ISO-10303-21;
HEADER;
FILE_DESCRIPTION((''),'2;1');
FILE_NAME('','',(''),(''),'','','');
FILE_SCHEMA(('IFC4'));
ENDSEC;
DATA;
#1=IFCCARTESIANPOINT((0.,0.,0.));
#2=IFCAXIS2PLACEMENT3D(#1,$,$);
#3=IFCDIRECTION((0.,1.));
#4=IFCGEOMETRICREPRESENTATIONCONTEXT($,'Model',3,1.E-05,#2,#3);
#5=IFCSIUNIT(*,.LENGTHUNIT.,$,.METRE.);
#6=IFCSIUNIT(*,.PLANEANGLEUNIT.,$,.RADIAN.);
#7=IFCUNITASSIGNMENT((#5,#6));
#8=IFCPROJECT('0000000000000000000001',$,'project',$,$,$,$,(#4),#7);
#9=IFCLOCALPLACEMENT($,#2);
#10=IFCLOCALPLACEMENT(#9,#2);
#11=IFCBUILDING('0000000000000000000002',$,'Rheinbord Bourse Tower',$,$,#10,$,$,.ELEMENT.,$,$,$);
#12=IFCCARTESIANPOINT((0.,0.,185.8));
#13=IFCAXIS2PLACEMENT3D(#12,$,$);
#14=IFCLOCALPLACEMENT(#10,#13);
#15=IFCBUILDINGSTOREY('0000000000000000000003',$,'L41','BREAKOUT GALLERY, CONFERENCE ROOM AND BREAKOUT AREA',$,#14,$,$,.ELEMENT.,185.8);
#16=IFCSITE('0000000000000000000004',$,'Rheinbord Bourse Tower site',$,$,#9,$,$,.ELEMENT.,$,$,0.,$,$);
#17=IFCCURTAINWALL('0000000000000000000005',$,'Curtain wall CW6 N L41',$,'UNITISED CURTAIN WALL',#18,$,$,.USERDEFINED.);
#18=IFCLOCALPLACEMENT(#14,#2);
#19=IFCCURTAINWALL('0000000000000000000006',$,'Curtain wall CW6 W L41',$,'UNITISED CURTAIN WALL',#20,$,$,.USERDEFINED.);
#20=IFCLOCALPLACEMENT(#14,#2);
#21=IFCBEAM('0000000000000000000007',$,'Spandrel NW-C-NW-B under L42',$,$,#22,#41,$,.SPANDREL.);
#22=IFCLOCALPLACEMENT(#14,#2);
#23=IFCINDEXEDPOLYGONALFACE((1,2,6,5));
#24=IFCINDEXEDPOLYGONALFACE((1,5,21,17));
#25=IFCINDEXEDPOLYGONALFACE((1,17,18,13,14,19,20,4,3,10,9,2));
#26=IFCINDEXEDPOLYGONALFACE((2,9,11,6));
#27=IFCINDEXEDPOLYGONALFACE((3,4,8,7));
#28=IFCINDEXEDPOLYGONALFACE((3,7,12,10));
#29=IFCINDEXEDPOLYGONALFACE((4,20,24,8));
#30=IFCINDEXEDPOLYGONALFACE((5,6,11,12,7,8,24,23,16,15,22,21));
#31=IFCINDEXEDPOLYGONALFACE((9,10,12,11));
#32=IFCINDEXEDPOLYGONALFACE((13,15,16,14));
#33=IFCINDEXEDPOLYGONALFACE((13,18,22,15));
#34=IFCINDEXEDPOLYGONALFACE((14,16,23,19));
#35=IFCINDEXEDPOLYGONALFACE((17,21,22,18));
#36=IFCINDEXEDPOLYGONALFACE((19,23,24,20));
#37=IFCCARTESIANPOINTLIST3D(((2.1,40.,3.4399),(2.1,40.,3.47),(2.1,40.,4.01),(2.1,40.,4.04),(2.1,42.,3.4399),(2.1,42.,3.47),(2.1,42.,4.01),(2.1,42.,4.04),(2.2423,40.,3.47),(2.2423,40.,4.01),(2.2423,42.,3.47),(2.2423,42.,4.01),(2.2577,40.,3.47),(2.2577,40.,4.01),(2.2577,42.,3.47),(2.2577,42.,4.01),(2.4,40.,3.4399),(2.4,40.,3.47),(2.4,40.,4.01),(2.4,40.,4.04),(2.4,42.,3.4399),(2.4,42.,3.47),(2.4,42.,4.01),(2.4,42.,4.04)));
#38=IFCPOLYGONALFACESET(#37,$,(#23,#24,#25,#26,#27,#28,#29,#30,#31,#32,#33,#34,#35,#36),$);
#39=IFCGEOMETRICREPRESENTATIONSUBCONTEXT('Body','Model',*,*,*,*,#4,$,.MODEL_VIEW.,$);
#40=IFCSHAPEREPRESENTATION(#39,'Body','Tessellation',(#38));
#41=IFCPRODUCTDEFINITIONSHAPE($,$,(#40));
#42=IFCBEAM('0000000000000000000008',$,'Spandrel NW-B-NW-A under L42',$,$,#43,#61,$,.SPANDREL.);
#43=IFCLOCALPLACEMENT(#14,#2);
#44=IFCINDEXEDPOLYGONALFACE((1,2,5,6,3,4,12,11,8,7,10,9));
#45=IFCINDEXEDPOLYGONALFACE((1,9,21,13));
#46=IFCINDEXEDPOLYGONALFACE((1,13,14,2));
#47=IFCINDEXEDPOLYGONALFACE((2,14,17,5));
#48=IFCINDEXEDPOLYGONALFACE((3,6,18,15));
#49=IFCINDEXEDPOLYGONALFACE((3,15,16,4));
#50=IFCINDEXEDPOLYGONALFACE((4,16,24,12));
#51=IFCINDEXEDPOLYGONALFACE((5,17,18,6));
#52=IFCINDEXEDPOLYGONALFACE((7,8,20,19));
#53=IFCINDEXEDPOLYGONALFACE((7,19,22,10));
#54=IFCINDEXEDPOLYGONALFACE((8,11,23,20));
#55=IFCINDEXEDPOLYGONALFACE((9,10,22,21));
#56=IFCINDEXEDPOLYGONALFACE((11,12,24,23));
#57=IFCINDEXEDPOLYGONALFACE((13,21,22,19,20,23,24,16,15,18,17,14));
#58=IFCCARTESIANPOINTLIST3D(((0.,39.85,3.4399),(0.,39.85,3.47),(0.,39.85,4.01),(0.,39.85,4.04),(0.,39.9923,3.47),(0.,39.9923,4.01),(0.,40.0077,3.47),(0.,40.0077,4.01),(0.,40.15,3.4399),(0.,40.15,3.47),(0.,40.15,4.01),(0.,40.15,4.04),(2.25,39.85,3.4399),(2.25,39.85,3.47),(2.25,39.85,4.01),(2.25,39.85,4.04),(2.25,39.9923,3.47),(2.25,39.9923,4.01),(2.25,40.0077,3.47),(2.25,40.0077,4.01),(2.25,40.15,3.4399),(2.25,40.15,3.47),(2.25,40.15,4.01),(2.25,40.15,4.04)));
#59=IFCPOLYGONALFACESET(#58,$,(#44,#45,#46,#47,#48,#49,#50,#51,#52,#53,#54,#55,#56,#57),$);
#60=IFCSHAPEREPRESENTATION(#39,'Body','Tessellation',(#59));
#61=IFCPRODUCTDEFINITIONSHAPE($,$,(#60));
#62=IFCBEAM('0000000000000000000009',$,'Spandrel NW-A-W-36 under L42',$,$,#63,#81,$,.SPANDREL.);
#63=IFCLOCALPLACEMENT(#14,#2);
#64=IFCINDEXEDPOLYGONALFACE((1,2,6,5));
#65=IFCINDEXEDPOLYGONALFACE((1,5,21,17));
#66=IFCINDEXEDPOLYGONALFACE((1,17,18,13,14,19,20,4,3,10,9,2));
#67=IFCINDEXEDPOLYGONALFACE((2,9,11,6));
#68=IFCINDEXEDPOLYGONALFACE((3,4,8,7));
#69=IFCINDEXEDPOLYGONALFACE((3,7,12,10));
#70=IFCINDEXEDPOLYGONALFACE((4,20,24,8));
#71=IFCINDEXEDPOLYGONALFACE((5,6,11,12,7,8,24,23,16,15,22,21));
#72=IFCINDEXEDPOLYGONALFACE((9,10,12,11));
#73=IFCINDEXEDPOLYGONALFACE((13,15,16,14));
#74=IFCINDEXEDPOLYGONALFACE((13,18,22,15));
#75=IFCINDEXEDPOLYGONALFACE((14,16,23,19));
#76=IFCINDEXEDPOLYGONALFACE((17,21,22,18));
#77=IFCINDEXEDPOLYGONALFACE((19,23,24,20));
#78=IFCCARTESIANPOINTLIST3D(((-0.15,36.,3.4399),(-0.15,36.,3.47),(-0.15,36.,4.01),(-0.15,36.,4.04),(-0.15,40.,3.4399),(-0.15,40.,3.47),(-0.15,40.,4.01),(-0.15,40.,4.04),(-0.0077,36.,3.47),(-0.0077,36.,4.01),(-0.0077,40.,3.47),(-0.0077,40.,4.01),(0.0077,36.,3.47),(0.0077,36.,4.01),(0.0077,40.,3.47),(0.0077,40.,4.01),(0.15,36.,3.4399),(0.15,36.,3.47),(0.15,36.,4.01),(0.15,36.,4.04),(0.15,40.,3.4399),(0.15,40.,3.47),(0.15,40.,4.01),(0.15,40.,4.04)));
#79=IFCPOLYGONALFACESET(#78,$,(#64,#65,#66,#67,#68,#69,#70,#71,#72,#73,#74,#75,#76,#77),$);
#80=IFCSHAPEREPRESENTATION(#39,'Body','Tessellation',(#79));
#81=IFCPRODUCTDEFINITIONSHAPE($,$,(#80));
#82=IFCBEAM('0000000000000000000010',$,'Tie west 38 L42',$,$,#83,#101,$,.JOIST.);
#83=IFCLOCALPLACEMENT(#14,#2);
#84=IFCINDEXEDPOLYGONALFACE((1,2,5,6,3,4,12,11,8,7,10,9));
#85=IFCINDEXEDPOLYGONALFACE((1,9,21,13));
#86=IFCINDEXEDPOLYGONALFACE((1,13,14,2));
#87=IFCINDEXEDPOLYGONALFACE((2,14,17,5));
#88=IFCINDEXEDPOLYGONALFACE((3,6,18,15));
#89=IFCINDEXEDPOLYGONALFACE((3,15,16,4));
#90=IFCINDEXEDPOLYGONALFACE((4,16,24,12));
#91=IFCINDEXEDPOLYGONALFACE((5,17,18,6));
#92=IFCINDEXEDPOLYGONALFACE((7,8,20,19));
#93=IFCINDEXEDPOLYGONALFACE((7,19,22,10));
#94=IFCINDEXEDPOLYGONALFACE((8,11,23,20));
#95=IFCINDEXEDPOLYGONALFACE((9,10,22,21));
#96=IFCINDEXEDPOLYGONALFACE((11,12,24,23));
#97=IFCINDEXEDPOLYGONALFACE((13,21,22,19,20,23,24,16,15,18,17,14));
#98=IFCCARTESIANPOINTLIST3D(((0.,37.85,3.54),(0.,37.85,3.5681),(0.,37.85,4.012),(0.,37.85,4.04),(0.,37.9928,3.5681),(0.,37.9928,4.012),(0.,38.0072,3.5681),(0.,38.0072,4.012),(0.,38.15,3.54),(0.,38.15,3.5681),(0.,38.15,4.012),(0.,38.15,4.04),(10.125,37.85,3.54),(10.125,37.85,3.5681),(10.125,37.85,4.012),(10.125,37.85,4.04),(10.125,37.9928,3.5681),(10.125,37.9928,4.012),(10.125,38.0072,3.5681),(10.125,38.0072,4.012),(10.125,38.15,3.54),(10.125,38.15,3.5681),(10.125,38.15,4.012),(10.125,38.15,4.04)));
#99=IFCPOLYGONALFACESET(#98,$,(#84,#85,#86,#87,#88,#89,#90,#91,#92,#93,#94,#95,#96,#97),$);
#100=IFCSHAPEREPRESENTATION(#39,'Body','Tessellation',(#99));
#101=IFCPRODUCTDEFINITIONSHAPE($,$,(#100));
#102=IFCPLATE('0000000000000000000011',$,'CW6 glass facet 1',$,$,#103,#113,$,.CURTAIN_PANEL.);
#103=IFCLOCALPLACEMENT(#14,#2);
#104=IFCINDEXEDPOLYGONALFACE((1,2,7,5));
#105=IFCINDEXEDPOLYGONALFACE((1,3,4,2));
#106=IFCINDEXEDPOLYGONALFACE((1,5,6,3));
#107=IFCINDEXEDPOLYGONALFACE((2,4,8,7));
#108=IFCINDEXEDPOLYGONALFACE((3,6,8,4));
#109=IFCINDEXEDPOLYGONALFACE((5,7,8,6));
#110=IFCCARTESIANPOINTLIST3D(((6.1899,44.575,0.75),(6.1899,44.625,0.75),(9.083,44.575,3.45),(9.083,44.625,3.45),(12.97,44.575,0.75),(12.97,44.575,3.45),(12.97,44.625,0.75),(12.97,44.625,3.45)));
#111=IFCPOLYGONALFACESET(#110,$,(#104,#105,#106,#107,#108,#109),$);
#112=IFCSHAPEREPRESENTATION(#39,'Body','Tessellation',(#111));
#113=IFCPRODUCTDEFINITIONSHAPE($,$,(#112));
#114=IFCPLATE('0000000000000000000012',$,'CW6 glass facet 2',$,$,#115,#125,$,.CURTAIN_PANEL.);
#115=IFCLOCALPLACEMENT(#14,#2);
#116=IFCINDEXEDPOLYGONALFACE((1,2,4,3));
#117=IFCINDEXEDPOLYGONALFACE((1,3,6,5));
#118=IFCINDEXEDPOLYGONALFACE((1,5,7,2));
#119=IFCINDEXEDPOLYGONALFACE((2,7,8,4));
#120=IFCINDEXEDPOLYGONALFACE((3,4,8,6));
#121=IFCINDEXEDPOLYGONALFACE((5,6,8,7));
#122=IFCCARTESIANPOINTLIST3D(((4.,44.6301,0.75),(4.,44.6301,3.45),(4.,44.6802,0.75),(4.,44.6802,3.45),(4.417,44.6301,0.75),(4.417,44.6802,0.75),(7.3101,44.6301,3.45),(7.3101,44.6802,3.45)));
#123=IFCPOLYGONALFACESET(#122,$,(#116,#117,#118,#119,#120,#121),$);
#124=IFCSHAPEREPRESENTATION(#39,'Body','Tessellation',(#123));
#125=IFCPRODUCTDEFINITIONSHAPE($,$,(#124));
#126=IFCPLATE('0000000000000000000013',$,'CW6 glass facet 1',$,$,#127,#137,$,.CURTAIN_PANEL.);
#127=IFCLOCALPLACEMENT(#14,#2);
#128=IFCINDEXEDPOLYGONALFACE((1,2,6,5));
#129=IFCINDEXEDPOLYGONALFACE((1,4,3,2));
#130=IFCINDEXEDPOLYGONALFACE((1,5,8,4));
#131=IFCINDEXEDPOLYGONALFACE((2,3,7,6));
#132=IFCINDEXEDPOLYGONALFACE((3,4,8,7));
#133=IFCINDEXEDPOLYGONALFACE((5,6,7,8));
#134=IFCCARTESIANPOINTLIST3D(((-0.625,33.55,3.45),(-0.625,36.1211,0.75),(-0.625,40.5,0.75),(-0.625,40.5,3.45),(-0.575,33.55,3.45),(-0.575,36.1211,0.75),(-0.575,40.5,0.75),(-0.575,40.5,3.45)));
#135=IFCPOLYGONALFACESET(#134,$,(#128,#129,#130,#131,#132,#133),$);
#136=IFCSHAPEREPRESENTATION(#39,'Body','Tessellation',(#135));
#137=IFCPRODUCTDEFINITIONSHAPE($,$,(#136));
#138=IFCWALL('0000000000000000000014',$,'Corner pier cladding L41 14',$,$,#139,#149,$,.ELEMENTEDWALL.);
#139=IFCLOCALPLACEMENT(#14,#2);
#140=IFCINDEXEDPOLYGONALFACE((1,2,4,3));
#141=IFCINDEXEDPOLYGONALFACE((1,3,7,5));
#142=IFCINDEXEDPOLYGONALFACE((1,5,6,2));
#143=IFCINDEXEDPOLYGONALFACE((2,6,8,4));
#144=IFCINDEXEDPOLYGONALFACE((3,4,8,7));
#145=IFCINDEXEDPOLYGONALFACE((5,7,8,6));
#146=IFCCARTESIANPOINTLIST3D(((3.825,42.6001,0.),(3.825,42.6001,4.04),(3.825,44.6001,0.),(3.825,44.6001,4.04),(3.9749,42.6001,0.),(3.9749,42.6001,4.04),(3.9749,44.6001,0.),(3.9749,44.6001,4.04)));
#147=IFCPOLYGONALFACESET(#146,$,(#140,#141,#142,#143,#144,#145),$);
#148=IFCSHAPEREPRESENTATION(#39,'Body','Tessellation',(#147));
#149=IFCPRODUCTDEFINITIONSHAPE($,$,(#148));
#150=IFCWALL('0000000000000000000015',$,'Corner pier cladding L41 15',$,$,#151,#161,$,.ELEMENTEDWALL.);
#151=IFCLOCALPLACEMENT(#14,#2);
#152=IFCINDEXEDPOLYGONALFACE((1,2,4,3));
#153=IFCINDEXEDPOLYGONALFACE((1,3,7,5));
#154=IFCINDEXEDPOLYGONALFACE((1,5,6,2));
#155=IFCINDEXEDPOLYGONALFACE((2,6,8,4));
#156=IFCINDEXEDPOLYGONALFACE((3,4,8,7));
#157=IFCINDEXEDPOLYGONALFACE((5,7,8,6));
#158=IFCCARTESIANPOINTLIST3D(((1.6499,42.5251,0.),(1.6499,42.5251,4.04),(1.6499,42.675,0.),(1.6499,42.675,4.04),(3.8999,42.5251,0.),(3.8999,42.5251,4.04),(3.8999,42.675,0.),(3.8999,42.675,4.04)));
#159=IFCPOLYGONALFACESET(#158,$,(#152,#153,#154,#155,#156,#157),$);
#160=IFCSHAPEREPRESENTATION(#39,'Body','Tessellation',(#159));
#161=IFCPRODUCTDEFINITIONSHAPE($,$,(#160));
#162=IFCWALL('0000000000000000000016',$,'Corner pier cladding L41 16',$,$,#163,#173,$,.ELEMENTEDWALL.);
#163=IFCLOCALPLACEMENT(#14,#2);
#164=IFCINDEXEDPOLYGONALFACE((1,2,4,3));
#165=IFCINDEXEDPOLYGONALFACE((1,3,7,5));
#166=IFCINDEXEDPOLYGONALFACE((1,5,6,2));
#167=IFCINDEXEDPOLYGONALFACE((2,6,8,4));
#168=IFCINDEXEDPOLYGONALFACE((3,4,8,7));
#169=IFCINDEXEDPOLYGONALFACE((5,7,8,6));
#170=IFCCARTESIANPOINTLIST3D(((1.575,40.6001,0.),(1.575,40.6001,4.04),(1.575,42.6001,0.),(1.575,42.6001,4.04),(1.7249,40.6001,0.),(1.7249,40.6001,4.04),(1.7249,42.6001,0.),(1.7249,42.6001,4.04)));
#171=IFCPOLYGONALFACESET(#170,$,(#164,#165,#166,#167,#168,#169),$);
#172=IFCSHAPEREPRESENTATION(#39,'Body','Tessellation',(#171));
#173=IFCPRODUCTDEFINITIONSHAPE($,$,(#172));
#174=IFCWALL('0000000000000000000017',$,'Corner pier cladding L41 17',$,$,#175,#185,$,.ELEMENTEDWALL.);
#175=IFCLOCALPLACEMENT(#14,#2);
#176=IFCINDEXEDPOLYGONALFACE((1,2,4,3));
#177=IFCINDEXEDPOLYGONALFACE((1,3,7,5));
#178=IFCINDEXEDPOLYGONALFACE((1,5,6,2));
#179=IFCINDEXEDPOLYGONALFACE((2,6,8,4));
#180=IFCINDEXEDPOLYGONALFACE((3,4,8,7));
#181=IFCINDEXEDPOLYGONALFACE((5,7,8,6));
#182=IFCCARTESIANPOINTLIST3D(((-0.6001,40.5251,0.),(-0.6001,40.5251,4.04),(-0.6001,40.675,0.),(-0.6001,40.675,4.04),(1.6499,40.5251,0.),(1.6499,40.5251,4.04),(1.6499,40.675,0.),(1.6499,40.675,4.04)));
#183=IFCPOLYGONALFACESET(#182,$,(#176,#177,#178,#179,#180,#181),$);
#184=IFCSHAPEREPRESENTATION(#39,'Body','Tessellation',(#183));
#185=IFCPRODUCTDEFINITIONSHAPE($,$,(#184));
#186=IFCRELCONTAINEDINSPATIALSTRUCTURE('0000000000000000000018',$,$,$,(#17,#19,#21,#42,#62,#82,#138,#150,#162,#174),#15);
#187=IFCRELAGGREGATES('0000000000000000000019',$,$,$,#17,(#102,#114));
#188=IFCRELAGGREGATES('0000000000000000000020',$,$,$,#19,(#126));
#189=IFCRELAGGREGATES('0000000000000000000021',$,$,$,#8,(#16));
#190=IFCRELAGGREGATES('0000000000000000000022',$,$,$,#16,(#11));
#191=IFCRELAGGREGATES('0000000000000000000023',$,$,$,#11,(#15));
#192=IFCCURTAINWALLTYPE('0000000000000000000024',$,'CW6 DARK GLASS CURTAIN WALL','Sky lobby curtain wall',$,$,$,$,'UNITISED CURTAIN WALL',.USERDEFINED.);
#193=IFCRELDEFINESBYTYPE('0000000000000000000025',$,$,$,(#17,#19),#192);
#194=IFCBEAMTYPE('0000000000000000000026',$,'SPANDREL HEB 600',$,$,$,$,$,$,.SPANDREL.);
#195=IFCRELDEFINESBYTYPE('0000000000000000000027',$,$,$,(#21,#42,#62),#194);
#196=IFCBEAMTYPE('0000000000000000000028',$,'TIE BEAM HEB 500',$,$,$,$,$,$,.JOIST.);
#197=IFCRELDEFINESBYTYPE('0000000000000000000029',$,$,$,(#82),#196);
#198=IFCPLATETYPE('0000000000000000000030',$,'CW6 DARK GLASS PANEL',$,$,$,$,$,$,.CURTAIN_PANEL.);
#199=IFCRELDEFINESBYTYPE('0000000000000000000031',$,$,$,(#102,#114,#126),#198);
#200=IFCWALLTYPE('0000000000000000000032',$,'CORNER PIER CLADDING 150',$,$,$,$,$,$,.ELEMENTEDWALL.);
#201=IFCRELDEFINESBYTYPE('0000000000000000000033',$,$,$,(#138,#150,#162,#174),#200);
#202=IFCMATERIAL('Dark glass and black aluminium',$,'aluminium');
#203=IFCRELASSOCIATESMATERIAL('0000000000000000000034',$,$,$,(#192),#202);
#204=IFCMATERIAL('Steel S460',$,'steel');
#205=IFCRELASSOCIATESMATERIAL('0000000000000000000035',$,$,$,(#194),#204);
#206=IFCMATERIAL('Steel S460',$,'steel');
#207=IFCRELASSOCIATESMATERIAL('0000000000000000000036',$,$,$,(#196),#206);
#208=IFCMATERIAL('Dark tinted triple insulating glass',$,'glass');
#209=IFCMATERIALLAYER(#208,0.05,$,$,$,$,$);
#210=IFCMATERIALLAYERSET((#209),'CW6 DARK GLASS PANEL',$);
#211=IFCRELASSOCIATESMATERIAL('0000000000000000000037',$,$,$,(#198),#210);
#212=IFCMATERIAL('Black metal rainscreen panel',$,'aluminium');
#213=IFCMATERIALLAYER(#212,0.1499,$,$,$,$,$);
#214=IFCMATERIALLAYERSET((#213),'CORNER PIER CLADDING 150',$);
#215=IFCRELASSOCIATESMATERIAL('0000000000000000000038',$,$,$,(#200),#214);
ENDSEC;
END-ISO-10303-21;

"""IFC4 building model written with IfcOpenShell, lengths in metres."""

from ifc_helpers import new_model, si_unit, direction, frame, frame_2d, origin, origin_2d, place, context, subcontext, project, spatial, polyline, rectangle, i_section, outline, extrude, material, layer, layer_set, material_profile, profile_set, type_object, element, aggregate, save


model = new_model("IFC4")

# Units and contexts
model_context = context("Model", 3, precision=1e-05, world=origin(), true_north=direction((0.0, 1.0)))
body_context = subcontext(model_context, "Body", "Model", "MODEL_VIEW")
ifc_project = project(units=[si_unit("LENGTHUNIT", "METRE"), si_unit("PLANEANGLEUNIT", "RADIAN")], contexts=[model_context])

# Site, building, storey
site_placement = place(None, origin())
site = spatial("IfcSite", under=ifc_project, at=site_placement, Name="Rheinbord Bourse Tower site", CompositionType="ELEMENT", RefElevation=0.0)
building_placement = place(site_placement, origin())
building = spatial("IfcBuilding", under=site, at=building_placement, Name="Rheinbord Bourse Tower", CompositionType="ELEMENT")
storey_placement = place(building_placement, frame((0.0, 0.0, 185.8)))
storey = spatial("IfcBuildingStorey", under=building, at=storey_placement, Name="L41", Description="BREAKOUT GALLERY, CONFERENCE ROOM AND BREAKOUT AREA", CompositionType="ELEMENT", Elevation=185.8)

# Curtain wall
ifc_material_1 = material(Name="Dark glass and black aluminium", Category="aluminium")
curtain_wall_type = type_object("IfcCurtainWallType", Name="CW6 DARK GLASS CURTAIN WALL", Description="Sky lobby curtain wall", ElementType="UNITISED CURTAIN WALL", PredefinedType="USERDEFINED", material=ifc_material_1)
curtain_wall_1_placement = place(storey_placement, origin())
curtain_wall_1 = element("IfcCurtainWall", 1, at=curtain_wall_1_placement, inside=storey, type_object=curtain_wall_type, Name="Curtain wall CW6 N L41", ObjectType="UNITISED CURTAIN WALL", PredefinedType="USERDEFINED")

# Curtain wall
curtain_wall_2_placement = place(storey_placement, origin())
curtain_wall_2 = element("IfcCurtainWall", 2, at=curtain_wall_2_placement, inside=storey, type_object=curtain_wall_type, Name="Curtain wall CW6 W L41", ObjectType="UNITISED CURTAIN WALL", PredefinedType="USERDEFINED")

# Beams
ifc_material_2 = material(Name="Steel S460", Category="steel")
ifc_material_profile_1 = material_profile(ifc_material_2, i_section(OverallWidth=0.3, OverallDepth=0.6001, WebThickness=0.0154, FlangeThickness=0.03, at=origin_2d()), Name="HEB 600")
ifc_profile_set_1 = profile_set([ifc_material_profile_1], Name="Steel S460")
beam_type_1 = type_object("IfcBeamType", Name="SPANDREL HEB 600", PredefinedType="SPANDREL", material=ifc_profile_set_1)
beam_1_placement = place(storey_placement, frame((2.25, 42.0, 3.74), z_axis=(0.0, -1.0, 0.0), x_axis=(1.0, 0.0, 0.0)))
element("IfcBeam", 3, at=beam_1_placement, inside=storey, type_object=beam_type_1, Name="Spandrel NW-C-NW-B under L42", PredefinedType="SPANDREL", context=body_context, shape_type="SweptSolid", body=[
    extrude(i_section(OverallWidth=0.3, OverallDepth=0.6001, WebThickness=0.0154, FlangeThickness=0.03, at=origin_2d()), origin(), (0.0, 0.0, 1.0), 2.0),
])
beam_2_placement = place(storey_placement, frame((2.25, 40.0, 3.74), z_axis=(-1.0, 0.0, 0.0), x_axis=(0.0, -1.0, 0.0)))
element("IfcBeam", 4, at=beam_2_placement, inside=storey, type_object=beam_type_1, Name="Spandrel NW-B-NW-A under L42", PredefinedType="SPANDREL", context=body_context, shape_type="SweptSolid", body=[
    extrude(i_section(OverallWidth=0.3, OverallDepth=0.6001, WebThickness=0.0154, FlangeThickness=0.03, at=origin_2d()), origin(), (0.0, 0.0, 1.0), 2.25),
])
beam_3_placement = place(storey_placement, frame((0.0, 40.0, 3.74), z_axis=(0.0, -1.0, 0.0), x_axis=(1.0, 0.0, 0.0)))
element("IfcBeam", 5, at=beam_3_placement, inside=storey, type_object=beam_type_1, Name="Spandrel NW-A-W-36 under L42", PredefinedType="SPANDREL", context=body_context, shape_type="SweptSolid", body=[
    extrude(i_section(OverallWidth=0.3, OverallDepth=0.6001, WebThickness=0.0154, FlangeThickness=0.03, at=origin_2d()), origin(), (0.0, 0.0, 1.0), 4.0),
])
ifc_material_3 = material(Name="Steel S460", Category="steel")
ifc_material_profile_2 = material_profile(ifc_material_3, i_section(OverallWidth=0.3, OverallDepth=0.5, WebThickness=0.0144, FlangeThickness=0.0281, at=origin_2d()), Name="HEB 500")
ifc_profile_set_2 = profile_set([ifc_material_profile_2], Name="Steel S460")
beam_type_2 = type_object("IfcBeamType", Name="TIE BEAM HEB 500", PredefinedType="JOIST", material=ifc_profile_set_2)
beam_4_placement = place(storey_placement, frame((0.0, 38.0, 3.79), z_axis=(1.0, 0.0, 0.0), x_axis=(0.0, 1.0, 0.0)))
element("IfcBeam", 6, at=beam_4_placement, inside=storey, type_object=beam_type_2, Name="Tie west 38 L42", PredefinedType="JOIST", context=body_context, shape_type="SweptSolid", body=[
    extrude(i_section(OverallWidth=0.3, OverallDepth=0.5, WebThickness=0.0144, FlangeThickness=0.0281, at=origin_2d()), origin(), (0.0, 0.0, 1.0), 10.125),
])

# Plates
ifc_material_4 = material(Name="Dark tinted triple insulating glass", Category="glass")
ifc_layer_1 = layer(ifc_material_4, 0.05)
ifc_layer_set_1 = layer_set([ifc_layer_1], Name="CW6 DARK GLASS PANEL")
plate_type = type_object("IfcPlateType", Name="CW6 DARK GLASS PANEL", PredefinedType="CURTAIN_PANEL", material=ifc_layer_set_1)
plate_1_placement = place(storey_placement, frame((12.97, 44.625, 0.75), z_axis=(0.0, -1.0, 0.0), x_axis=(0.0, 0.0, 1.0)))
plate_1 = element("IfcPlate", 7, at=plate_1_placement, type_object=plate_type, Name="CW6 glass facet 1", PredefinedType="CURTAIN_PANEL", context=body_context, shape_type="SweptSolid", body=[
    extrude(outline(polyline([(0.0, 0.0), (2.7, 0.0), (2.7, 3.887), (0.0, 6.78), (0.0, 0.0)])), origin(), (0.0, 0.0, 1.0), 0.05),
])
plate_2_placement = place(storey_placement, frame((4.0, 44.6802, 3.45), z_axis=(0.0, -1.0, 0.0), x_axis=(0.0, 0.0, -1.0)))
plate_2 = element("IfcPlate", 8, at=plate_2_placement, type_object=plate_type, Name="CW6 glass facet 2", PredefinedType="CURTAIN_PANEL", context=body_context, shape_type="SweptSolid", body=[
    extrude(outline(polyline([(0.0, 0.0), (2.7, 0.0), (2.7, 0.417), (0.0, 3.3101), (0.0, 0.0)])), origin(), (0.0, 0.0, 1.0), 0.05),
])
aggregate(curtain_wall_1, [plate_1, plate_2])
plate_3_placement = place(storey_placement, frame((-0.625, 40.5, 0.75), z_axis=(1.0, 0.0, 0.0), x_axis=(0.0, 0.0, 1.0)))
plate_3 = element("IfcPlate", 9, at=plate_3_placement, type_object=plate_type, Name="CW6 glass facet 1", PredefinedType="CURTAIN_PANEL", context=body_context, shape_type="SweptSolid", body=[
    extrude(outline(polyline([(0.0, 0.0), (2.7, 0.0), (2.7, 6.95), (0.0, 4.3789), (0.0, 0.0)])), origin(), (0.0, 0.0, 1.0), 0.05),
])
aggregate(curtain_wall_2, [plate_3])

# Walls
ifc_material_5 = material(Name="Black metal rainscreen panel", Category="aluminium")
ifc_layer_2 = layer(ifc_material_5, 0.1499)
ifc_layer_set_2 = layer_set([ifc_layer_2], Name="CORNER PIER CLADDING 150")
wall_type = type_object("IfcWallType", Name="CORNER PIER CLADDING 150", PredefinedType="ELEMENTEDWALL", material=ifc_layer_set_2)
wall_1_placement = place(storey_placement, frame((3.8999, 44.6001, 0.0), z_axis=(0.0, 0.0, 1.0), x_axis=(0.0, -1.0, 0.0)))
element("IfcWall", 10, at=wall_1_placement, inside=storey, type_object=wall_type, Name="Corner pier cladding L41 14", PredefinedType="ELEMENTEDWALL", context=body_context, shape_type="SweptSolid", body=[
    extrude(rectangle(XDim=2.0, YDim=0.1499, at=frame_2d((1.0, 0.0))), origin(), (0.0, 0.0, 1.0), 4.04),
])
wall_2_placement = place(storey_placement, frame((3.8999, 42.6001, 0.0), z_axis=(0.0, 0.0, 1.0), x_axis=(-1.0, 0.0, 0.0)))
element("IfcWall", 11, at=wall_2_placement, inside=storey, type_object=wall_type, Name="Corner pier cladding L41 15", PredefinedType="ELEMENTEDWALL", context=body_context, shape_type="SweptSolid", body=[
    extrude(rectangle(XDim=2.25, YDim=0.1499, at=frame_2d((1.125, 0.0))), origin(), (0.0, 0.0, 1.0), 4.04),
])
wall_3_placement = place(storey_placement, frame((1.6499, 42.6001, 0.0), z_axis=(0.0, 0.0, 1.0), x_axis=(0.0, -1.0, 0.0)))
element("IfcWall", 12, at=wall_3_placement, inside=storey, type_object=wall_type, Name="Corner pier cladding L41 16", PredefinedType="ELEMENTEDWALL", context=body_context, shape_type="SweptSolid", body=[
    extrude(rectangle(XDim=2.0, YDim=0.1499, at=frame_2d((1.0, 0.0))), origin(), (0.0, 0.0, 1.0), 4.04),
])
wall_4_placement = place(storey_placement, frame((1.6499, 40.6001, 0.0), z_axis=(0.0, 0.0, 1.0), x_axis=(-1.0, 0.0, 0.0)))
element("IfcWall", 13, at=wall_4_placement, inside=storey, type_object=wall_type, Name="Corner pier cladding L41 17", PredefinedType="ELEMENTEDWALL", context=body_context, shape_type="SweptSolid", body=[
    extrude(rectangle(XDim=2.25, YDim=0.1499, at=frame_2d((1.125, 0.0))), origin(), (0.0, 0.0, 1.0), 4.04),
])

save(model, "model.ifc")
